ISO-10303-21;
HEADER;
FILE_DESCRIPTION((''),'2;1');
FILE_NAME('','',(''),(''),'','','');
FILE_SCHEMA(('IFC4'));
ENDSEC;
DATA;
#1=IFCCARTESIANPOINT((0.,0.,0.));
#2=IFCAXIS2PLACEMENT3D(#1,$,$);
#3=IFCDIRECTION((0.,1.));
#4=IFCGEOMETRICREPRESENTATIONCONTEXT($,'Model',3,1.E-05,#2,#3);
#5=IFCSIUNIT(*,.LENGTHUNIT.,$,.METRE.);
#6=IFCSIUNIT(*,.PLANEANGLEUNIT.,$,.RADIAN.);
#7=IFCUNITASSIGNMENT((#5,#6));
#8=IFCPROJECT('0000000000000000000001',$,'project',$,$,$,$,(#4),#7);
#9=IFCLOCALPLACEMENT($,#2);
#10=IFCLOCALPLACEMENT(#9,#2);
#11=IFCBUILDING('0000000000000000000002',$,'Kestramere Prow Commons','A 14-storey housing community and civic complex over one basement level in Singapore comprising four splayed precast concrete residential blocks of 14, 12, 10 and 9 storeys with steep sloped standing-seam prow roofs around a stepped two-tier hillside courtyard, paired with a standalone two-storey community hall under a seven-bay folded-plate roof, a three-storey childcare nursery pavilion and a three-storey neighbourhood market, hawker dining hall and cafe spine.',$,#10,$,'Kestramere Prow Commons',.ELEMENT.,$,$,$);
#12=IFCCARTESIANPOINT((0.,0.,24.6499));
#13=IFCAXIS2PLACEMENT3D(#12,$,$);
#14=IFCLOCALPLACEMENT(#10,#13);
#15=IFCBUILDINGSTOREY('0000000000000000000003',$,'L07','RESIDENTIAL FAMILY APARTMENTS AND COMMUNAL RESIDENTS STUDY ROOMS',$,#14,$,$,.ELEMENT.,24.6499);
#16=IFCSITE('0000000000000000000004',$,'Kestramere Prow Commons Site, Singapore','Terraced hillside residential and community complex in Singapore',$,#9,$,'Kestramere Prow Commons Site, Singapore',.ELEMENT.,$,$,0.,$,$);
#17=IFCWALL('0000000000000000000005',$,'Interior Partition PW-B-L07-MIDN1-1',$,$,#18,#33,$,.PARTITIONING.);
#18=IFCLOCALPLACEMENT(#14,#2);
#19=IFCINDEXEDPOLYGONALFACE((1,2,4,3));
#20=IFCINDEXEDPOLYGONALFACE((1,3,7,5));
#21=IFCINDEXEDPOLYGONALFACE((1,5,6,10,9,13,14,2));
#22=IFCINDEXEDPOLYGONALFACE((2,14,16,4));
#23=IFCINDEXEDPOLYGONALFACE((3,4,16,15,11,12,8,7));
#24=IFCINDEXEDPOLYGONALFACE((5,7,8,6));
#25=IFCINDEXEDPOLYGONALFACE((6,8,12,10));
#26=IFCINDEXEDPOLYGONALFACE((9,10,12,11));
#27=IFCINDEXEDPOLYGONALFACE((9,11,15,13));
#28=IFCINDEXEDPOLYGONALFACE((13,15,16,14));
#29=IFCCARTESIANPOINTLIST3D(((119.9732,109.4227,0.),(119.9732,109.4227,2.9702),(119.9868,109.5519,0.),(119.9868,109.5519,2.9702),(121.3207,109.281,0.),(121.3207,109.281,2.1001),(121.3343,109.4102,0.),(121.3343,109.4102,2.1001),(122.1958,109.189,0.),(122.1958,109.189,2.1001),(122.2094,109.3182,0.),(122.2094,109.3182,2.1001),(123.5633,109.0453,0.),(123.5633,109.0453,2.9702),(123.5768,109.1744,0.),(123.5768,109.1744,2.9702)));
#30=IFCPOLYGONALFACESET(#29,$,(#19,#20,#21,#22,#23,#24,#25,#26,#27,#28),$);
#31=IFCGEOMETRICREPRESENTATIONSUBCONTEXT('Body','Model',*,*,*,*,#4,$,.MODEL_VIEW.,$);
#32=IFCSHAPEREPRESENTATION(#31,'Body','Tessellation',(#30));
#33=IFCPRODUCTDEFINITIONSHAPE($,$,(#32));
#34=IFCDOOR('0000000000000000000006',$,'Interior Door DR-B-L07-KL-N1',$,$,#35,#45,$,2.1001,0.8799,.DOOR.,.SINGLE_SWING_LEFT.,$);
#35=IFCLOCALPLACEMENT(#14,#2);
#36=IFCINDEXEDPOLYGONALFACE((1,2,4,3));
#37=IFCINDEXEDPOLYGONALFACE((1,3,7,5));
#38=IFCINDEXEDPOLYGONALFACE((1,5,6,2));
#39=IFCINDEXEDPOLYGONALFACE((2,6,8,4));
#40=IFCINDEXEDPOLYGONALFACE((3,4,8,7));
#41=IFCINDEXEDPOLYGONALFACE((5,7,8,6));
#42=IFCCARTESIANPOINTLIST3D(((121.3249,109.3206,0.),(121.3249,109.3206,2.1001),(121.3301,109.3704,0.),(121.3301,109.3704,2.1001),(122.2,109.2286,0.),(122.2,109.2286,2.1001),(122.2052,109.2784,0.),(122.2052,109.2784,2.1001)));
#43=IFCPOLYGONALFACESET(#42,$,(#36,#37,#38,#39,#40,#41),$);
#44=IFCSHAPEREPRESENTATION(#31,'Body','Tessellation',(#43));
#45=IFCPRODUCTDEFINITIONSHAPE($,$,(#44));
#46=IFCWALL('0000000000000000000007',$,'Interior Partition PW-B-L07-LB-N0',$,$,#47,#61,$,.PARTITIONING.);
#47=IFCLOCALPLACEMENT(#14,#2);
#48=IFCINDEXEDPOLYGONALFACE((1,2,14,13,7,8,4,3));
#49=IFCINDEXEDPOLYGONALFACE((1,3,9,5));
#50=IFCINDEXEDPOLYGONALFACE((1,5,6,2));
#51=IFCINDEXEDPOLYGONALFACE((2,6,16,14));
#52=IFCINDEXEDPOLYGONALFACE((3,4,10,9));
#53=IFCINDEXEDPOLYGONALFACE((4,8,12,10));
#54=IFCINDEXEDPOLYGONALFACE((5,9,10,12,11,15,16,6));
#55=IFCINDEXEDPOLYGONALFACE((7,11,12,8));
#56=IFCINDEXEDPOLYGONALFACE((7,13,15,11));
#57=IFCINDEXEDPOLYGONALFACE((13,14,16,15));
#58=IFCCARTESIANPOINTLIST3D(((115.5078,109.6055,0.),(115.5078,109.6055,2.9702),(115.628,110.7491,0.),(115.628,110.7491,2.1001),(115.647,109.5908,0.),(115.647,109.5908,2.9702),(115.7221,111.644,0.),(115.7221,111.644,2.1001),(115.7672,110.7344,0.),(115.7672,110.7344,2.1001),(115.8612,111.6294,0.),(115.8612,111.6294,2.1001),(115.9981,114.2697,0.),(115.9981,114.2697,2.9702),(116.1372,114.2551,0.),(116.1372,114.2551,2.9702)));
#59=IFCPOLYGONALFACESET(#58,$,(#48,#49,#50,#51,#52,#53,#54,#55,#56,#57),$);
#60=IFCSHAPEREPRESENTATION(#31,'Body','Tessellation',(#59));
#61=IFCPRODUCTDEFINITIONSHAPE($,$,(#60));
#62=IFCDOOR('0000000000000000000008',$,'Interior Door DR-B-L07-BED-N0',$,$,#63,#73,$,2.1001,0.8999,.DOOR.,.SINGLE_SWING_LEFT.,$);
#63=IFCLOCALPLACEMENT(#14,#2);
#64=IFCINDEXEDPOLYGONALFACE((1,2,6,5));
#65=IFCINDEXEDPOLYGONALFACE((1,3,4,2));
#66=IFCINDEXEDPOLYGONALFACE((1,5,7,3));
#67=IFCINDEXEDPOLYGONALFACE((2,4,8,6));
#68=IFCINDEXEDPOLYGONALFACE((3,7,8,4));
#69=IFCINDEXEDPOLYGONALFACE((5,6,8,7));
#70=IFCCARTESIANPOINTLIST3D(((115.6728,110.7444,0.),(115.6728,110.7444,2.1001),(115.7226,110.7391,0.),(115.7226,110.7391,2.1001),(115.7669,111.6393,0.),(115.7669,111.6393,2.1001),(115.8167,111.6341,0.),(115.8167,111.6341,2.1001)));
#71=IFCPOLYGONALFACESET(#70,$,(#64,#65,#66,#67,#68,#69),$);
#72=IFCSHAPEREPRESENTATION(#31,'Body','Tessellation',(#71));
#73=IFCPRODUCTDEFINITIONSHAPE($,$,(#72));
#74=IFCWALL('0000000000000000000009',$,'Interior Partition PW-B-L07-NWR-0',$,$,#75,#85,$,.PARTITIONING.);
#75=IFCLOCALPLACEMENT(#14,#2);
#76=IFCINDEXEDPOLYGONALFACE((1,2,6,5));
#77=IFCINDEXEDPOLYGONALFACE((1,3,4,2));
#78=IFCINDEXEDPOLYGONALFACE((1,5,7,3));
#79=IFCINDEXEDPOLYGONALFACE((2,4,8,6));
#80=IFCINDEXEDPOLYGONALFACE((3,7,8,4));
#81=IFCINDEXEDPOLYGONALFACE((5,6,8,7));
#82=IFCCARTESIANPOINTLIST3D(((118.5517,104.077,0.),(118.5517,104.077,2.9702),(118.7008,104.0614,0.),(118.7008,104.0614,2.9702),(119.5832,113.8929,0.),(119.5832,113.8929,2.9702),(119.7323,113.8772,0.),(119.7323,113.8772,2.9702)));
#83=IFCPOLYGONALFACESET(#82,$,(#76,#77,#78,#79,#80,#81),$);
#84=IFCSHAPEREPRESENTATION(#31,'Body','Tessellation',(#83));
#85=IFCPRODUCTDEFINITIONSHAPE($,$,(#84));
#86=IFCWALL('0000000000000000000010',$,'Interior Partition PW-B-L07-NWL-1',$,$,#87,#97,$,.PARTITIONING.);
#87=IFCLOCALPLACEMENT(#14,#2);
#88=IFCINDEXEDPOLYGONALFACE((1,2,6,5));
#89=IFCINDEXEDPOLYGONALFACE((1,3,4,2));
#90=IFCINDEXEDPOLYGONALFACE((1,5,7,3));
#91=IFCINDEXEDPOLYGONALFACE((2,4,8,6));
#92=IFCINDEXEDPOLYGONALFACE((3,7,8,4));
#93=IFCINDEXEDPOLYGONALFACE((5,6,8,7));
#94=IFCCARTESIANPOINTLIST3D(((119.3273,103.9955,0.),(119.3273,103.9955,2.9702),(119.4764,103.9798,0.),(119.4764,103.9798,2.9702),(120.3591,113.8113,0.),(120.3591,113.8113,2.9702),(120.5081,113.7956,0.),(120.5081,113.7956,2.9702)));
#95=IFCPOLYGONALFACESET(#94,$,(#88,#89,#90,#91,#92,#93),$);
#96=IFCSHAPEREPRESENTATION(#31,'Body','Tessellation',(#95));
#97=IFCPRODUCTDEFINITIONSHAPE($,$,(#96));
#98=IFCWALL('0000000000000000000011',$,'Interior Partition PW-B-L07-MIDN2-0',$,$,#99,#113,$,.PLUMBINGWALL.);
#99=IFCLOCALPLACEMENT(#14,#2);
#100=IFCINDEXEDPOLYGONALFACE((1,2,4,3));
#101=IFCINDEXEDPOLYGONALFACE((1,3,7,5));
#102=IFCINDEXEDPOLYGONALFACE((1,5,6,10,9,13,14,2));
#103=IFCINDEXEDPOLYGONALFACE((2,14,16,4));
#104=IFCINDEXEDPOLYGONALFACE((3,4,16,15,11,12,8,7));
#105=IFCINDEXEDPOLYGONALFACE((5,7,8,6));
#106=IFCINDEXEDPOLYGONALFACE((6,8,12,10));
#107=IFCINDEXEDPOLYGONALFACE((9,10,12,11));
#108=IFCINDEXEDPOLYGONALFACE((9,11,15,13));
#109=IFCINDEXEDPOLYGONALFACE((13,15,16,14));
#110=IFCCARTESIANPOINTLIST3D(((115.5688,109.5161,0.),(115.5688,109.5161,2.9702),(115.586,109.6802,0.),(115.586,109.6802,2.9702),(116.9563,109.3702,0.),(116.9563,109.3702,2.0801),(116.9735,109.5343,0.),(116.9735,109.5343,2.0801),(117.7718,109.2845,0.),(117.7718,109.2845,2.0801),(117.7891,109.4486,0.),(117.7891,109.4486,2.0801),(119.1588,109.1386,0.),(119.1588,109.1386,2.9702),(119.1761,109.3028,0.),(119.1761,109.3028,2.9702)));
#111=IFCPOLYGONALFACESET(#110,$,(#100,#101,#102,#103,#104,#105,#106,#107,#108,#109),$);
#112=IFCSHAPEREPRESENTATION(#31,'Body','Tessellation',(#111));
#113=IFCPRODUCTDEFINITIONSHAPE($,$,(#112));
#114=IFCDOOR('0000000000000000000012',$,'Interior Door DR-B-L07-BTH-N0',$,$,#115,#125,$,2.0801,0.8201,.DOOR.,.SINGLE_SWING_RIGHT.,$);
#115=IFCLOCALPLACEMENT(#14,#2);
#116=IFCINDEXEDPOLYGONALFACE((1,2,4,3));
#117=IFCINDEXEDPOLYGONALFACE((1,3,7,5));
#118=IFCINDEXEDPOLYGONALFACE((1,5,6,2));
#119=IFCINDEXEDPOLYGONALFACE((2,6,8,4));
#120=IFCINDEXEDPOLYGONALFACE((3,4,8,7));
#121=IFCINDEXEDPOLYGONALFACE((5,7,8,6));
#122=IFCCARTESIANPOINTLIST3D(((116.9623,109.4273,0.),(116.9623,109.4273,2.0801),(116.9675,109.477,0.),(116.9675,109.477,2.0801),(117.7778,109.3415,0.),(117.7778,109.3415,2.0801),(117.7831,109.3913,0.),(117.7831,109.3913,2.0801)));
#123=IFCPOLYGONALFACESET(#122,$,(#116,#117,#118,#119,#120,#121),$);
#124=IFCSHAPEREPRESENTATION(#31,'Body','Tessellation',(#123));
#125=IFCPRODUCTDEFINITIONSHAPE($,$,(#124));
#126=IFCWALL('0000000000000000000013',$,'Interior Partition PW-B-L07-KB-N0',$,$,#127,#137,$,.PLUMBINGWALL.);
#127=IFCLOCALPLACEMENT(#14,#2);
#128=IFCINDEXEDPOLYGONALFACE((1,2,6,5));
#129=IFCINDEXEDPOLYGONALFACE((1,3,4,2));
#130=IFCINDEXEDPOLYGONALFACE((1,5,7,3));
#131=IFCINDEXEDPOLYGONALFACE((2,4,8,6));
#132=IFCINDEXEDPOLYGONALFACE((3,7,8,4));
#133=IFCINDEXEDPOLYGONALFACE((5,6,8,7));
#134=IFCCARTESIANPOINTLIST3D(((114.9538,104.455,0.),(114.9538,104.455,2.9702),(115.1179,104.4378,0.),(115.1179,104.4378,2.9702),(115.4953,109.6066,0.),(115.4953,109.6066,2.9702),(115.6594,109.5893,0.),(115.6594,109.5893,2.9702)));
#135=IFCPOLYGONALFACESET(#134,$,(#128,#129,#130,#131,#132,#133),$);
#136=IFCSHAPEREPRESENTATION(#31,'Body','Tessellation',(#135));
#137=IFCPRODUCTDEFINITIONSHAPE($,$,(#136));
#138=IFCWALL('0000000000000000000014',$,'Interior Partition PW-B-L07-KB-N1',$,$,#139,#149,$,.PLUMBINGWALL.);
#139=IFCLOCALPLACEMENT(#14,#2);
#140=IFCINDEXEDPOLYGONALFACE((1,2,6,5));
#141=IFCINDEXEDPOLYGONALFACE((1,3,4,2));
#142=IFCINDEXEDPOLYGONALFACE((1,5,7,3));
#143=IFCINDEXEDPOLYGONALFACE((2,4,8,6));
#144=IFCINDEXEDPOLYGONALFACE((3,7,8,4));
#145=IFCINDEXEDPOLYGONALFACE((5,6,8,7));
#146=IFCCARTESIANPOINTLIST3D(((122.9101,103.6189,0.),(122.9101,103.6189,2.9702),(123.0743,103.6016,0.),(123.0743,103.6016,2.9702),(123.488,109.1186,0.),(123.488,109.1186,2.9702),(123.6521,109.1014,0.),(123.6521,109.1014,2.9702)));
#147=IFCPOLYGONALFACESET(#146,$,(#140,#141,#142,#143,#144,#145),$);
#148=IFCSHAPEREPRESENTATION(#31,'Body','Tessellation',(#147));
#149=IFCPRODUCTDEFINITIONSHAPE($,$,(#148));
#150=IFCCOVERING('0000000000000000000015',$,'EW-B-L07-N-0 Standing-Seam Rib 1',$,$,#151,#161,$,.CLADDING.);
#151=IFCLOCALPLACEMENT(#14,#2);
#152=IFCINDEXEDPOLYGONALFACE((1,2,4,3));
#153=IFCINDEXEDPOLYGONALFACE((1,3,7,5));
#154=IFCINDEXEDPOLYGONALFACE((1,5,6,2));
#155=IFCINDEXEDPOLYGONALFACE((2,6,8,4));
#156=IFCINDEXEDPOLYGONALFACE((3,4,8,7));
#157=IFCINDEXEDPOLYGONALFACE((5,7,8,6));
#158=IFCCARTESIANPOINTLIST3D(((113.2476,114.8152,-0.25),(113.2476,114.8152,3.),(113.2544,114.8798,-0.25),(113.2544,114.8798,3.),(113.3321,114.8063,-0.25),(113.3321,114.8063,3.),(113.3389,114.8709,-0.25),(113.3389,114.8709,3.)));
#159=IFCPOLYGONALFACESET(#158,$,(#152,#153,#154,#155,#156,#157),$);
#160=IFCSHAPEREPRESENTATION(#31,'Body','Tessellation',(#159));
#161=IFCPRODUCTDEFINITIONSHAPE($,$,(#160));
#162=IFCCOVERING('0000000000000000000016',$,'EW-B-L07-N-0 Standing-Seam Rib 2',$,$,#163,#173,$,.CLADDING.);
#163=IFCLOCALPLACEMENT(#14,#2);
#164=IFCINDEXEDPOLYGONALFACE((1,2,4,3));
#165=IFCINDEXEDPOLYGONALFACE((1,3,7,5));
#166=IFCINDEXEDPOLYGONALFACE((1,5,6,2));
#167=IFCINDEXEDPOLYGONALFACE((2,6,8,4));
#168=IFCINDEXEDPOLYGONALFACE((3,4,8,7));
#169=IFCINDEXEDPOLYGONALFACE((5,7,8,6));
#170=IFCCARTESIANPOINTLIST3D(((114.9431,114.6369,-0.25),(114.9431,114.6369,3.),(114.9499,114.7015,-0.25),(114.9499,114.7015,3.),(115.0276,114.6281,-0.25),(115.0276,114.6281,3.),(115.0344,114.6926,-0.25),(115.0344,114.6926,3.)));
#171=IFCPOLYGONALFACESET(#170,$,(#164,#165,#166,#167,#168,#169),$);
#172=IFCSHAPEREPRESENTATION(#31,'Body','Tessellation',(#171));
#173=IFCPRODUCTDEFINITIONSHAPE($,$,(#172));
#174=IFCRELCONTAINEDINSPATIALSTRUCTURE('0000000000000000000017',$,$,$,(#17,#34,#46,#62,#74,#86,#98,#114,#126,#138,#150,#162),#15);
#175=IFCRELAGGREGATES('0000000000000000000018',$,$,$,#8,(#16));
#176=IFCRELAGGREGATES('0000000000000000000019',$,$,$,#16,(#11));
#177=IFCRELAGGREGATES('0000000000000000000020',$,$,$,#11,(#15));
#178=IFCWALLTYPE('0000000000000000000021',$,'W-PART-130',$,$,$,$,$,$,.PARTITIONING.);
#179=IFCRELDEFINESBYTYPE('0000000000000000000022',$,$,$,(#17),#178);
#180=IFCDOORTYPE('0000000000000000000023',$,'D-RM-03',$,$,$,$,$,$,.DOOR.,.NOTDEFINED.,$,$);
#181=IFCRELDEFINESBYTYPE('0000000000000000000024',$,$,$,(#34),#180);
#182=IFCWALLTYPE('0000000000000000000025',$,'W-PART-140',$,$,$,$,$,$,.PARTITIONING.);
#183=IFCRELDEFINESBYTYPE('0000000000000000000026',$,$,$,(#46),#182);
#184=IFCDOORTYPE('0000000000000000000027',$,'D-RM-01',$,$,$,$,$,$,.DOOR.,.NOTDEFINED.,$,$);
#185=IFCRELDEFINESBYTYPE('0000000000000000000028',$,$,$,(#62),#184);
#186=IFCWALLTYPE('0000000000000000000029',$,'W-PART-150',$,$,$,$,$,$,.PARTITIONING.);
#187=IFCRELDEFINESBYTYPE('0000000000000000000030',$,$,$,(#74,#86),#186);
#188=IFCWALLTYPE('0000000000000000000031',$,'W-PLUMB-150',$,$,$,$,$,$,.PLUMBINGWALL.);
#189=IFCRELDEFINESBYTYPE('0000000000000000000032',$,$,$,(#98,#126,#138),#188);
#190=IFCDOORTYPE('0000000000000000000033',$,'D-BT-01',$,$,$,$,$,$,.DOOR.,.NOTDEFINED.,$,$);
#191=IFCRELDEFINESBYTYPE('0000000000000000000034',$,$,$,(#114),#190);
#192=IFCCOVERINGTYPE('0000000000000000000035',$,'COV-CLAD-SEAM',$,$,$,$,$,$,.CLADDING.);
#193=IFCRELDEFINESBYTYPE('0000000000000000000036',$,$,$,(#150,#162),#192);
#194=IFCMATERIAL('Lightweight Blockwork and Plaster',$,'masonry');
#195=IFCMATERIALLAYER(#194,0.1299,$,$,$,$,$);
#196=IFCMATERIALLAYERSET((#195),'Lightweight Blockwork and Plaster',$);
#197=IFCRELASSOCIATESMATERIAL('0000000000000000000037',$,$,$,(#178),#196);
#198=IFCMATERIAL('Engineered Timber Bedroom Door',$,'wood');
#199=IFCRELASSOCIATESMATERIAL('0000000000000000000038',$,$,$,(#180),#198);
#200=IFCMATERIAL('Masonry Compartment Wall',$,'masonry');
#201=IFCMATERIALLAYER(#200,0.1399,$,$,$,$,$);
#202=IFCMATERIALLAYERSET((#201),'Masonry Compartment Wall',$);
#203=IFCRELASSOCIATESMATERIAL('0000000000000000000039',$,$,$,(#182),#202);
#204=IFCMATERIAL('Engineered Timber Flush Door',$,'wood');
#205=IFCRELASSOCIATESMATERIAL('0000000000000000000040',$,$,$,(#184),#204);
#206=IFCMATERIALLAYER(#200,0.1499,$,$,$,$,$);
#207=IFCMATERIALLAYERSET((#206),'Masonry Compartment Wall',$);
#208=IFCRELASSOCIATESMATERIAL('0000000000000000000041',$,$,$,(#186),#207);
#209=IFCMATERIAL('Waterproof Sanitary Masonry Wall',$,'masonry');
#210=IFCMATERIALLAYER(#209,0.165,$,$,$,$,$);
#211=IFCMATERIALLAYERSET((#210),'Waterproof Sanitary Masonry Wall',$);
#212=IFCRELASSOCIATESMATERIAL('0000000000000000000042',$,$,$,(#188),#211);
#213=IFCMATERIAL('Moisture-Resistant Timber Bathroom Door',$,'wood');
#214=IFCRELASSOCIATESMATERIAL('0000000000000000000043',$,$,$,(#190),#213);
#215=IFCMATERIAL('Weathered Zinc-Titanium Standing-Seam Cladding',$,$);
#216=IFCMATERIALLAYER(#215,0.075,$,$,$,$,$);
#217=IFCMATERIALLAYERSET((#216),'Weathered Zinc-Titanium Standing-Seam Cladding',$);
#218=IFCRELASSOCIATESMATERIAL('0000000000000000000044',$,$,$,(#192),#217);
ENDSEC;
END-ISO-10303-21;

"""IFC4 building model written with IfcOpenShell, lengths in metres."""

from ifc_helpers import new_model, si_unit, direction, frame, frame_2d, origin, origin_2d, place, context, subcontext, project, spatial, rectangle, extrude, material, layer, layer_set, type_object, element, fill, save


model = new_model("IFC4")

# Units and contexts
model_context = context("Model", 3, precision=1e-05, world=origin(), true_north=direction((0.0, 1.0)))
body_context = subcontext(model_context, "Body", "Model", "MODEL_VIEW")
ifc_project = project(units=[si_unit("LENGTHUNIT", "METRE"), si_unit("PLANEANGLEUNIT", "RADIAN")], contexts=[model_context])

# Site, building, storey
site_placement = place(None, origin())
site = spatial("IfcSite", under=ifc_project, at=site_placement, Name="Kestramere Prow Commons Site, Singapore", Description="Terraced hillside residential and community complex in Singapore", LongName="Kestramere Prow Commons Site, Singapore", CompositionType="ELEMENT", RefElevation=0.0)
building_placement = place(site_placement, origin())
building = spatial("IfcBuilding", under=site, at=building_placement, Name="Kestramere Prow Commons", Description="A 14-storey housing community and civic complex over one basement level in Singapore comprising four splayed precast concrete residential blocks of 14, 12, 10 and 9 storeys with steep sloped standing-seam prow roofs around a stepped two-tier hillside courtyard, paired with a standalone two-storey community hall under a seven-bay folded-plate roof, a three-storey childcare nursery pavilion and a three-storey neighbourhood market, hawker dining hall and cafe spine.", LongName="Kestramere Prow Commons", CompositionType="ELEMENT")
storey_placement = place(building_placement, frame((0.0, 0.0, 24.6499)))
storey = spatial("IfcBuildingStorey", under=building, at=storey_placement, Name="L07", Description="RESIDENTIAL FAMILY APARTMENTS AND COMMUNAL RESIDENTS STUDY ROOMS", CompositionType="ELEMENT", Elevation=24.6499)

# Walls, openings, doors
ifc_material_1 = material(Name="Lightweight Blockwork and Plaster", Category="masonry")
ifc_layer_1 = layer(ifc_material_1, 0.1299)
ifc_layer_set_1 = layer_set([ifc_layer_1], Name="Lightweight Blockwork and Plaster")
wall_type_1 = type_object("IfcWallType", Name="W-PART-130", PredefinedType="PARTITIONING", material=ifc_layer_set_1)
wall_1_placement = place(storey_placement, frame((119.98, 109.4873, 0.0), z_axis=(0.0, 0.0, 1.0), x_axis=(0.994519, -0.104558, 0.0)))
wall_1 = element("IfcWall", 1, at=wall_1_placement, inside=storey, type_object=wall_type_1, Name="Interior Partition PW-B-L07-MIDN1-1", PredefinedType="PARTITIONING", context=body_context, shape_type="SweptSolid", body=[
    extrude(rectangle(XDim=3.6099, YDim=0.1299, at=frame_2d((1.8049, 0.0))), origin(), (0.0, 0.0, 1.0), 2.9702),
])
opening_1_placement = place(wall_1_placement, frame((1.355, 0.0, 0.0)))
opening_1 = element("IfcOpeningElement", 2, at=opening_1_placement, cuts=wall_1, PredefinedType="OPENING", context=body_context, shape_type="SweptSolid", body=[
    extrude(rectangle(XDim=0.8799, YDim=2.1001, at=frame_2d((0.4399, 1.05))), frame((0.0, 0.0798, 0.0), z_axis=(0.0, -1.0, 0.0), x_axis=(1.0, 0.0, 0.0)), (0.0, 0.0, 1.0), 0.1599),
])
ifc_material_2 = material(Name="Engineered Timber Bedroom Door", Category="wood")
door_type_1 = type_object("IfcDoorType", Name="D-RM-03", OperationType="NOTDEFINED", PredefinedType="DOOR", material=ifc_material_2)
door_1_placement = place(opening_1_placement, origin())
door_1 = element("IfcDoor", 3, at=door_1_placement, inside=storey, type_object=door_type_1, Name="Interior Door DR-B-L07-KL-N1", OperationType="SINGLE_SWING_LEFT", OverallHeight=2.1001, OverallWidth=0.8799, PredefinedType="DOOR", context=body_context, shape_type="SweptSolid", body=[
    extrude(rectangle(XDim=0.8799, YDim=2.1001, at=frame_2d((0.4399, 1.05))), frame((0.0, 0.0249, 0.0), z_axis=(0.0, -1.0, 0.0), x_axis=(1.0, 0.0, 0.0)), (0.0, 0.0, 1.0), 0.05),
])
fill(opening_1, door_1)
ifc_material_3 = material(Name="Masonry Compartment Wall", Category="masonry")
ifc_layer_2 = layer(ifc_material_3, 0.1399)
ifc_layer_set_2 = layer_set([ifc_layer_2], Name="Masonry Compartment Wall")
wall_type_2 = type_object("IfcWallType", Name="W-PART-140", PredefinedType="PARTITIONING", material=ifc_layer_set_2)
wall_2_placement = place(storey_placement, frame((115.5774, 109.5981, 0.0), z_axis=(0.0, 0.0, 1.0), x_axis=(0.104528, 0.994522, 0.0)))
wall_2 = element("IfcWall", 4, at=wall_2_placement, inside=storey, type_object=wall_type_2, Name="Interior Partition PW-B-L07-LB-N0", PredefinedType="PARTITIONING", context=body_context, shape_type="SweptSolid", body=[
    extrude(rectangle(XDim=4.6899, YDim=0.1399, at=frame_2d((2.345, 0.0))), origin(), (0.0, 0.0, 1.0), 2.9702),
])
opening_2_placement = place(wall_2_placement, frame((1.1499, 0.0, 0.0)))
opening_2 = element("IfcOpeningElement", 5, at=opening_2_placement, cuts=wall_2, PredefinedType="OPENING", context=body_context, shape_type="SweptSolid", body=[
    extrude(rectangle(XDim=0.8999, YDim=2.1001, at=frame_2d((0.45, 1.05))), frame((0.0, 0.085, 0.0), z_axis=(0.0, -1.0, 0.0), x_axis=(1.0, 0.0, 0.0)), (0.0, 0.0, 1.0), 0.1699),
])
ifc_material_4 = material(Name="Engineered Timber Flush Door", Category="wood")
door_type_2 = type_object("IfcDoorType", Name="D-RM-01", OperationType="NOTDEFINED", PredefinedType="DOOR", material=ifc_material_4)
door_2_placement = place(opening_2_placement, origin())
door_2 = element("IfcDoor", 6, at=door_2_placement, inside=storey, type_object=door_type_2, Name="Interior Door DR-B-L07-BED-N0", OperationType="SINGLE_SWING_LEFT", OverallHeight=2.1001, OverallWidth=0.8999, PredefinedType="DOOR", context=body_context, shape_type="SweptSolid", body=[
    extrude(rectangle(XDim=0.8999, YDim=2.1001, at=frame_2d((0.45, 1.05))), frame((0.0, 0.0249, 0.0), z_axis=(0.0, -1.0, 0.0), x_axis=(1.0, 0.0, 0.0)), (0.0, 0.0, 1.0), 0.05),
])
fill(opening_2, door_2)

# Walls
ifc_layer_3 = layer(ifc_material_3, 0.1499)
ifc_layer_set_3 = layer_set([ifc_layer_3], Name="Masonry Compartment Wall")
wall_type_3 = type_object("IfcWallType", Name="W-PART-150", PredefinedType="PARTITIONING", material=ifc_layer_set_3)
for number, where, z_axis, x_axis, name in (
    (7, (118.6262, 104.0691, 0.0), (0.0, 0.0, 1.0), (0.104508, 0.994524, 0.0), "Interior Partition PW-B-L07-NWR-0"),
    (8, (119.4019, 103.9875, 0.0), (0.0, 0.0, 1.0), (0.104533, 0.994521, 0.0), "Interior Partition PW-B-L07-NWL-1"),
):
    element("IfcWall", number, at=place(storey_placement, frame(where, z_axis=z_axis, x_axis=x_axis)), inside=storey, type_object=wall_type_3, Name=name, PredefinedType="PARTITIONING", context=body_context, shape_type="SweptSolid", body=[
        extrude(rectangle(XDim=9.8699, YDim=0.1499, at=frame_2d((4.9351, 0.0))), origin(), (0.0, 0.0, 1.0), 2.9702),
    ])

# Wall, opening, door
ifc_material_5 = material(Name="Waterproof Sanitary Masonry Wall", Category="masonry")
ifc_layer_4 = layer(ifc_material_5, 0.165)
ifc_layer_set_4 = layer_set([ifc_layer_4], Name="Waterproof Sanitary Masonry Wall")
wall_type_4 = type_object("IfcWallType", Name="W-PLUMB-150", PredefinedType="PLUMBINGWALL", material=ifc_layer_set_4)
wall_3_placement = place(storey_placement, frame((115.5774, 109.5981, 0.0), z_axis=(0.0, 0.0, 1.0), x_axis=(0.994519, -0.104558, 0.0)))
wall_3 = element("IfcWall", 9, at=wall_3_placement, inside=storey, type_object=wall_type_4, Name="Interior Partition PW-B-L07-MIDN2-0", PredefinedType="PLUMBINGWALL", context=body_context, shape_type="SweptSolid", body=[
    extrude(rectangle(XDim=3.6099, YDim=0.165, at=frame_2d((1.8049, 0.0))), origin(), (0.0, 0.0, 1.0), 2.9702),
])
opening_3_placement = place(wall_3_placement, frame((1.395, 0.0, 0.0)))
opening_3 = element("IfcOpeningElement", 10, at=opening_3_placement, cuts=wall_3, PredefinedType="OPENING", context=body_context, shape_type="SweptSolid", body=[
    extrude(rectangle(XDim=0.8201, YDim=2.0801, at=frame_2d((0.4102, 1.04))), frame((0.0, 0.0974, 0.0), z_axis=(0.0, -1.0, 0.0), x_axis=(1.0, 0.0, 0.0)), (0.0, 0.0, 1.0), 0.1951),
])
ifc_material_6 = material(Name="Moisture-Resistant Timber Bathroom Door", Category="wood")
door_type_3 = type_object("IfcDoorType", Name="D-BT-01", OperationType="NOTDEFINED", PredefinedType="DOOR", material=ifc_material_6)
door_3_placement = place(opening_3_placement, origin())
door_3 = element("IfcDoor", 11, at=door_3_placement, inside=storey, type_object=door_type_3, Name="Interior Door DR-B-L07-BTH-N0", OperationType="SINGLE_SWING_RIGHT", OverallHeight=2.0801, OverallWidth=0.8201, PredefinedType="DOOR", context=body_context, shape_type="SweptSolid", body=[
    extrude(rectangle(XDim=0.8201, YDim=2.0801, at=frame_2d((0.4102, 1.04))), frame((0.0, 0.0249, 0.0), z_axis=(0.0, -1.0, 0.0), x_axis=(1.0, 0.0, 0.0)), (0.0, 0.0, 1.0), 0.05),
])
fill(opening_3, door_3)

# Walls
wall_4_placement = place(storey_placement, frame((115.0359, 104.4465, 0.0), z_axis=(0.0, 0.0, 1.0), x_axis=(0.104538, 0.994521, 0.0)))
element("IfcWall", 12, at=wall_4_placement, inside=storey, type_object=wall_type_4, Name="Interior Partition PW-B-L07-KB-N0", PredefinedType="PLUMBINGWALL", context=body_context, shape_type="SweptSolid", body=[
    extrude(rectangle(XDim=5.1799, YDim=0.165, at=frame_2d((2.5898, 0.0))), origin(), (0.0, 0.0, 1.0), 2.9702),
])
wall_5_placement = place(storey_placement, frame((122.9922, 103.6101, 0.0), z_axis=(0.0, 0.0, 1.0), x_axis=(0.104499, 0.994525, 0.0)))
element("IfcWall", 13, at=wall_5_placement, inside=storey, type_object=wall_type_4, Name="Interior Partition PW-B-L07-KB-N1", PredefinedType="PLUMBINGWALL", context=body_context, shape_type="SweptSolid", body=[
    extrude(rectangle(XDim=5.53, YDim=0.165, at=frame_2d((2.7651, 0.0))), origin(), (0.0, 0.0, 1.0), 2.9702),
])

# Coverings
ifc_material_7 = material(Name="Weathered Zinc-Titanium Standing-Seam Cladding")
ifc_layer_5 = layer(ifc_material_7, 0.075)
ifc_layer_set_5 = layer_set([ifc_layer_5], Name="Weathered Zinc-Titanium Standing-Seam Cladding")
covering_type = type_object("IfcCoveringType", Name="COV-CLAD-SEAM", PredefinedType="CLADDING", material=ifc_layer_set_5)
for number, where, z_axis, x_axis, name in (
    (14, (113.2932, 114.843, -0.25), (0.0, 0.0, 1.0), (0.994522, -0.104528, 0.0), "EW-B-L07-N-0 Standing-Seam Rib 1"),
    (15, (114.9888, 114.6648, -0.25), (0.0, 0.0, 1.0), (0.994522, -0.104528, 0.0), "EW-B-L07-N-0 Standing-Seam Rib 2"),
):
    element("IfcCovering", number, at=place(storey_placement, frame(where, z_axis=z_axis, x_axis=x_axis)), inside=storey, type_object=covering_type, Name=name, PredefinedType="CLADDING", context=body_context, shape_type="SweptSolid", body=[
        extrude(rectangle(XDim=0.085, YDim=0.0649, at=origin_2d()), origin(), (0.0, 0.0, 1.0), 3.25),
    ])

save(model, "model.ifc")
